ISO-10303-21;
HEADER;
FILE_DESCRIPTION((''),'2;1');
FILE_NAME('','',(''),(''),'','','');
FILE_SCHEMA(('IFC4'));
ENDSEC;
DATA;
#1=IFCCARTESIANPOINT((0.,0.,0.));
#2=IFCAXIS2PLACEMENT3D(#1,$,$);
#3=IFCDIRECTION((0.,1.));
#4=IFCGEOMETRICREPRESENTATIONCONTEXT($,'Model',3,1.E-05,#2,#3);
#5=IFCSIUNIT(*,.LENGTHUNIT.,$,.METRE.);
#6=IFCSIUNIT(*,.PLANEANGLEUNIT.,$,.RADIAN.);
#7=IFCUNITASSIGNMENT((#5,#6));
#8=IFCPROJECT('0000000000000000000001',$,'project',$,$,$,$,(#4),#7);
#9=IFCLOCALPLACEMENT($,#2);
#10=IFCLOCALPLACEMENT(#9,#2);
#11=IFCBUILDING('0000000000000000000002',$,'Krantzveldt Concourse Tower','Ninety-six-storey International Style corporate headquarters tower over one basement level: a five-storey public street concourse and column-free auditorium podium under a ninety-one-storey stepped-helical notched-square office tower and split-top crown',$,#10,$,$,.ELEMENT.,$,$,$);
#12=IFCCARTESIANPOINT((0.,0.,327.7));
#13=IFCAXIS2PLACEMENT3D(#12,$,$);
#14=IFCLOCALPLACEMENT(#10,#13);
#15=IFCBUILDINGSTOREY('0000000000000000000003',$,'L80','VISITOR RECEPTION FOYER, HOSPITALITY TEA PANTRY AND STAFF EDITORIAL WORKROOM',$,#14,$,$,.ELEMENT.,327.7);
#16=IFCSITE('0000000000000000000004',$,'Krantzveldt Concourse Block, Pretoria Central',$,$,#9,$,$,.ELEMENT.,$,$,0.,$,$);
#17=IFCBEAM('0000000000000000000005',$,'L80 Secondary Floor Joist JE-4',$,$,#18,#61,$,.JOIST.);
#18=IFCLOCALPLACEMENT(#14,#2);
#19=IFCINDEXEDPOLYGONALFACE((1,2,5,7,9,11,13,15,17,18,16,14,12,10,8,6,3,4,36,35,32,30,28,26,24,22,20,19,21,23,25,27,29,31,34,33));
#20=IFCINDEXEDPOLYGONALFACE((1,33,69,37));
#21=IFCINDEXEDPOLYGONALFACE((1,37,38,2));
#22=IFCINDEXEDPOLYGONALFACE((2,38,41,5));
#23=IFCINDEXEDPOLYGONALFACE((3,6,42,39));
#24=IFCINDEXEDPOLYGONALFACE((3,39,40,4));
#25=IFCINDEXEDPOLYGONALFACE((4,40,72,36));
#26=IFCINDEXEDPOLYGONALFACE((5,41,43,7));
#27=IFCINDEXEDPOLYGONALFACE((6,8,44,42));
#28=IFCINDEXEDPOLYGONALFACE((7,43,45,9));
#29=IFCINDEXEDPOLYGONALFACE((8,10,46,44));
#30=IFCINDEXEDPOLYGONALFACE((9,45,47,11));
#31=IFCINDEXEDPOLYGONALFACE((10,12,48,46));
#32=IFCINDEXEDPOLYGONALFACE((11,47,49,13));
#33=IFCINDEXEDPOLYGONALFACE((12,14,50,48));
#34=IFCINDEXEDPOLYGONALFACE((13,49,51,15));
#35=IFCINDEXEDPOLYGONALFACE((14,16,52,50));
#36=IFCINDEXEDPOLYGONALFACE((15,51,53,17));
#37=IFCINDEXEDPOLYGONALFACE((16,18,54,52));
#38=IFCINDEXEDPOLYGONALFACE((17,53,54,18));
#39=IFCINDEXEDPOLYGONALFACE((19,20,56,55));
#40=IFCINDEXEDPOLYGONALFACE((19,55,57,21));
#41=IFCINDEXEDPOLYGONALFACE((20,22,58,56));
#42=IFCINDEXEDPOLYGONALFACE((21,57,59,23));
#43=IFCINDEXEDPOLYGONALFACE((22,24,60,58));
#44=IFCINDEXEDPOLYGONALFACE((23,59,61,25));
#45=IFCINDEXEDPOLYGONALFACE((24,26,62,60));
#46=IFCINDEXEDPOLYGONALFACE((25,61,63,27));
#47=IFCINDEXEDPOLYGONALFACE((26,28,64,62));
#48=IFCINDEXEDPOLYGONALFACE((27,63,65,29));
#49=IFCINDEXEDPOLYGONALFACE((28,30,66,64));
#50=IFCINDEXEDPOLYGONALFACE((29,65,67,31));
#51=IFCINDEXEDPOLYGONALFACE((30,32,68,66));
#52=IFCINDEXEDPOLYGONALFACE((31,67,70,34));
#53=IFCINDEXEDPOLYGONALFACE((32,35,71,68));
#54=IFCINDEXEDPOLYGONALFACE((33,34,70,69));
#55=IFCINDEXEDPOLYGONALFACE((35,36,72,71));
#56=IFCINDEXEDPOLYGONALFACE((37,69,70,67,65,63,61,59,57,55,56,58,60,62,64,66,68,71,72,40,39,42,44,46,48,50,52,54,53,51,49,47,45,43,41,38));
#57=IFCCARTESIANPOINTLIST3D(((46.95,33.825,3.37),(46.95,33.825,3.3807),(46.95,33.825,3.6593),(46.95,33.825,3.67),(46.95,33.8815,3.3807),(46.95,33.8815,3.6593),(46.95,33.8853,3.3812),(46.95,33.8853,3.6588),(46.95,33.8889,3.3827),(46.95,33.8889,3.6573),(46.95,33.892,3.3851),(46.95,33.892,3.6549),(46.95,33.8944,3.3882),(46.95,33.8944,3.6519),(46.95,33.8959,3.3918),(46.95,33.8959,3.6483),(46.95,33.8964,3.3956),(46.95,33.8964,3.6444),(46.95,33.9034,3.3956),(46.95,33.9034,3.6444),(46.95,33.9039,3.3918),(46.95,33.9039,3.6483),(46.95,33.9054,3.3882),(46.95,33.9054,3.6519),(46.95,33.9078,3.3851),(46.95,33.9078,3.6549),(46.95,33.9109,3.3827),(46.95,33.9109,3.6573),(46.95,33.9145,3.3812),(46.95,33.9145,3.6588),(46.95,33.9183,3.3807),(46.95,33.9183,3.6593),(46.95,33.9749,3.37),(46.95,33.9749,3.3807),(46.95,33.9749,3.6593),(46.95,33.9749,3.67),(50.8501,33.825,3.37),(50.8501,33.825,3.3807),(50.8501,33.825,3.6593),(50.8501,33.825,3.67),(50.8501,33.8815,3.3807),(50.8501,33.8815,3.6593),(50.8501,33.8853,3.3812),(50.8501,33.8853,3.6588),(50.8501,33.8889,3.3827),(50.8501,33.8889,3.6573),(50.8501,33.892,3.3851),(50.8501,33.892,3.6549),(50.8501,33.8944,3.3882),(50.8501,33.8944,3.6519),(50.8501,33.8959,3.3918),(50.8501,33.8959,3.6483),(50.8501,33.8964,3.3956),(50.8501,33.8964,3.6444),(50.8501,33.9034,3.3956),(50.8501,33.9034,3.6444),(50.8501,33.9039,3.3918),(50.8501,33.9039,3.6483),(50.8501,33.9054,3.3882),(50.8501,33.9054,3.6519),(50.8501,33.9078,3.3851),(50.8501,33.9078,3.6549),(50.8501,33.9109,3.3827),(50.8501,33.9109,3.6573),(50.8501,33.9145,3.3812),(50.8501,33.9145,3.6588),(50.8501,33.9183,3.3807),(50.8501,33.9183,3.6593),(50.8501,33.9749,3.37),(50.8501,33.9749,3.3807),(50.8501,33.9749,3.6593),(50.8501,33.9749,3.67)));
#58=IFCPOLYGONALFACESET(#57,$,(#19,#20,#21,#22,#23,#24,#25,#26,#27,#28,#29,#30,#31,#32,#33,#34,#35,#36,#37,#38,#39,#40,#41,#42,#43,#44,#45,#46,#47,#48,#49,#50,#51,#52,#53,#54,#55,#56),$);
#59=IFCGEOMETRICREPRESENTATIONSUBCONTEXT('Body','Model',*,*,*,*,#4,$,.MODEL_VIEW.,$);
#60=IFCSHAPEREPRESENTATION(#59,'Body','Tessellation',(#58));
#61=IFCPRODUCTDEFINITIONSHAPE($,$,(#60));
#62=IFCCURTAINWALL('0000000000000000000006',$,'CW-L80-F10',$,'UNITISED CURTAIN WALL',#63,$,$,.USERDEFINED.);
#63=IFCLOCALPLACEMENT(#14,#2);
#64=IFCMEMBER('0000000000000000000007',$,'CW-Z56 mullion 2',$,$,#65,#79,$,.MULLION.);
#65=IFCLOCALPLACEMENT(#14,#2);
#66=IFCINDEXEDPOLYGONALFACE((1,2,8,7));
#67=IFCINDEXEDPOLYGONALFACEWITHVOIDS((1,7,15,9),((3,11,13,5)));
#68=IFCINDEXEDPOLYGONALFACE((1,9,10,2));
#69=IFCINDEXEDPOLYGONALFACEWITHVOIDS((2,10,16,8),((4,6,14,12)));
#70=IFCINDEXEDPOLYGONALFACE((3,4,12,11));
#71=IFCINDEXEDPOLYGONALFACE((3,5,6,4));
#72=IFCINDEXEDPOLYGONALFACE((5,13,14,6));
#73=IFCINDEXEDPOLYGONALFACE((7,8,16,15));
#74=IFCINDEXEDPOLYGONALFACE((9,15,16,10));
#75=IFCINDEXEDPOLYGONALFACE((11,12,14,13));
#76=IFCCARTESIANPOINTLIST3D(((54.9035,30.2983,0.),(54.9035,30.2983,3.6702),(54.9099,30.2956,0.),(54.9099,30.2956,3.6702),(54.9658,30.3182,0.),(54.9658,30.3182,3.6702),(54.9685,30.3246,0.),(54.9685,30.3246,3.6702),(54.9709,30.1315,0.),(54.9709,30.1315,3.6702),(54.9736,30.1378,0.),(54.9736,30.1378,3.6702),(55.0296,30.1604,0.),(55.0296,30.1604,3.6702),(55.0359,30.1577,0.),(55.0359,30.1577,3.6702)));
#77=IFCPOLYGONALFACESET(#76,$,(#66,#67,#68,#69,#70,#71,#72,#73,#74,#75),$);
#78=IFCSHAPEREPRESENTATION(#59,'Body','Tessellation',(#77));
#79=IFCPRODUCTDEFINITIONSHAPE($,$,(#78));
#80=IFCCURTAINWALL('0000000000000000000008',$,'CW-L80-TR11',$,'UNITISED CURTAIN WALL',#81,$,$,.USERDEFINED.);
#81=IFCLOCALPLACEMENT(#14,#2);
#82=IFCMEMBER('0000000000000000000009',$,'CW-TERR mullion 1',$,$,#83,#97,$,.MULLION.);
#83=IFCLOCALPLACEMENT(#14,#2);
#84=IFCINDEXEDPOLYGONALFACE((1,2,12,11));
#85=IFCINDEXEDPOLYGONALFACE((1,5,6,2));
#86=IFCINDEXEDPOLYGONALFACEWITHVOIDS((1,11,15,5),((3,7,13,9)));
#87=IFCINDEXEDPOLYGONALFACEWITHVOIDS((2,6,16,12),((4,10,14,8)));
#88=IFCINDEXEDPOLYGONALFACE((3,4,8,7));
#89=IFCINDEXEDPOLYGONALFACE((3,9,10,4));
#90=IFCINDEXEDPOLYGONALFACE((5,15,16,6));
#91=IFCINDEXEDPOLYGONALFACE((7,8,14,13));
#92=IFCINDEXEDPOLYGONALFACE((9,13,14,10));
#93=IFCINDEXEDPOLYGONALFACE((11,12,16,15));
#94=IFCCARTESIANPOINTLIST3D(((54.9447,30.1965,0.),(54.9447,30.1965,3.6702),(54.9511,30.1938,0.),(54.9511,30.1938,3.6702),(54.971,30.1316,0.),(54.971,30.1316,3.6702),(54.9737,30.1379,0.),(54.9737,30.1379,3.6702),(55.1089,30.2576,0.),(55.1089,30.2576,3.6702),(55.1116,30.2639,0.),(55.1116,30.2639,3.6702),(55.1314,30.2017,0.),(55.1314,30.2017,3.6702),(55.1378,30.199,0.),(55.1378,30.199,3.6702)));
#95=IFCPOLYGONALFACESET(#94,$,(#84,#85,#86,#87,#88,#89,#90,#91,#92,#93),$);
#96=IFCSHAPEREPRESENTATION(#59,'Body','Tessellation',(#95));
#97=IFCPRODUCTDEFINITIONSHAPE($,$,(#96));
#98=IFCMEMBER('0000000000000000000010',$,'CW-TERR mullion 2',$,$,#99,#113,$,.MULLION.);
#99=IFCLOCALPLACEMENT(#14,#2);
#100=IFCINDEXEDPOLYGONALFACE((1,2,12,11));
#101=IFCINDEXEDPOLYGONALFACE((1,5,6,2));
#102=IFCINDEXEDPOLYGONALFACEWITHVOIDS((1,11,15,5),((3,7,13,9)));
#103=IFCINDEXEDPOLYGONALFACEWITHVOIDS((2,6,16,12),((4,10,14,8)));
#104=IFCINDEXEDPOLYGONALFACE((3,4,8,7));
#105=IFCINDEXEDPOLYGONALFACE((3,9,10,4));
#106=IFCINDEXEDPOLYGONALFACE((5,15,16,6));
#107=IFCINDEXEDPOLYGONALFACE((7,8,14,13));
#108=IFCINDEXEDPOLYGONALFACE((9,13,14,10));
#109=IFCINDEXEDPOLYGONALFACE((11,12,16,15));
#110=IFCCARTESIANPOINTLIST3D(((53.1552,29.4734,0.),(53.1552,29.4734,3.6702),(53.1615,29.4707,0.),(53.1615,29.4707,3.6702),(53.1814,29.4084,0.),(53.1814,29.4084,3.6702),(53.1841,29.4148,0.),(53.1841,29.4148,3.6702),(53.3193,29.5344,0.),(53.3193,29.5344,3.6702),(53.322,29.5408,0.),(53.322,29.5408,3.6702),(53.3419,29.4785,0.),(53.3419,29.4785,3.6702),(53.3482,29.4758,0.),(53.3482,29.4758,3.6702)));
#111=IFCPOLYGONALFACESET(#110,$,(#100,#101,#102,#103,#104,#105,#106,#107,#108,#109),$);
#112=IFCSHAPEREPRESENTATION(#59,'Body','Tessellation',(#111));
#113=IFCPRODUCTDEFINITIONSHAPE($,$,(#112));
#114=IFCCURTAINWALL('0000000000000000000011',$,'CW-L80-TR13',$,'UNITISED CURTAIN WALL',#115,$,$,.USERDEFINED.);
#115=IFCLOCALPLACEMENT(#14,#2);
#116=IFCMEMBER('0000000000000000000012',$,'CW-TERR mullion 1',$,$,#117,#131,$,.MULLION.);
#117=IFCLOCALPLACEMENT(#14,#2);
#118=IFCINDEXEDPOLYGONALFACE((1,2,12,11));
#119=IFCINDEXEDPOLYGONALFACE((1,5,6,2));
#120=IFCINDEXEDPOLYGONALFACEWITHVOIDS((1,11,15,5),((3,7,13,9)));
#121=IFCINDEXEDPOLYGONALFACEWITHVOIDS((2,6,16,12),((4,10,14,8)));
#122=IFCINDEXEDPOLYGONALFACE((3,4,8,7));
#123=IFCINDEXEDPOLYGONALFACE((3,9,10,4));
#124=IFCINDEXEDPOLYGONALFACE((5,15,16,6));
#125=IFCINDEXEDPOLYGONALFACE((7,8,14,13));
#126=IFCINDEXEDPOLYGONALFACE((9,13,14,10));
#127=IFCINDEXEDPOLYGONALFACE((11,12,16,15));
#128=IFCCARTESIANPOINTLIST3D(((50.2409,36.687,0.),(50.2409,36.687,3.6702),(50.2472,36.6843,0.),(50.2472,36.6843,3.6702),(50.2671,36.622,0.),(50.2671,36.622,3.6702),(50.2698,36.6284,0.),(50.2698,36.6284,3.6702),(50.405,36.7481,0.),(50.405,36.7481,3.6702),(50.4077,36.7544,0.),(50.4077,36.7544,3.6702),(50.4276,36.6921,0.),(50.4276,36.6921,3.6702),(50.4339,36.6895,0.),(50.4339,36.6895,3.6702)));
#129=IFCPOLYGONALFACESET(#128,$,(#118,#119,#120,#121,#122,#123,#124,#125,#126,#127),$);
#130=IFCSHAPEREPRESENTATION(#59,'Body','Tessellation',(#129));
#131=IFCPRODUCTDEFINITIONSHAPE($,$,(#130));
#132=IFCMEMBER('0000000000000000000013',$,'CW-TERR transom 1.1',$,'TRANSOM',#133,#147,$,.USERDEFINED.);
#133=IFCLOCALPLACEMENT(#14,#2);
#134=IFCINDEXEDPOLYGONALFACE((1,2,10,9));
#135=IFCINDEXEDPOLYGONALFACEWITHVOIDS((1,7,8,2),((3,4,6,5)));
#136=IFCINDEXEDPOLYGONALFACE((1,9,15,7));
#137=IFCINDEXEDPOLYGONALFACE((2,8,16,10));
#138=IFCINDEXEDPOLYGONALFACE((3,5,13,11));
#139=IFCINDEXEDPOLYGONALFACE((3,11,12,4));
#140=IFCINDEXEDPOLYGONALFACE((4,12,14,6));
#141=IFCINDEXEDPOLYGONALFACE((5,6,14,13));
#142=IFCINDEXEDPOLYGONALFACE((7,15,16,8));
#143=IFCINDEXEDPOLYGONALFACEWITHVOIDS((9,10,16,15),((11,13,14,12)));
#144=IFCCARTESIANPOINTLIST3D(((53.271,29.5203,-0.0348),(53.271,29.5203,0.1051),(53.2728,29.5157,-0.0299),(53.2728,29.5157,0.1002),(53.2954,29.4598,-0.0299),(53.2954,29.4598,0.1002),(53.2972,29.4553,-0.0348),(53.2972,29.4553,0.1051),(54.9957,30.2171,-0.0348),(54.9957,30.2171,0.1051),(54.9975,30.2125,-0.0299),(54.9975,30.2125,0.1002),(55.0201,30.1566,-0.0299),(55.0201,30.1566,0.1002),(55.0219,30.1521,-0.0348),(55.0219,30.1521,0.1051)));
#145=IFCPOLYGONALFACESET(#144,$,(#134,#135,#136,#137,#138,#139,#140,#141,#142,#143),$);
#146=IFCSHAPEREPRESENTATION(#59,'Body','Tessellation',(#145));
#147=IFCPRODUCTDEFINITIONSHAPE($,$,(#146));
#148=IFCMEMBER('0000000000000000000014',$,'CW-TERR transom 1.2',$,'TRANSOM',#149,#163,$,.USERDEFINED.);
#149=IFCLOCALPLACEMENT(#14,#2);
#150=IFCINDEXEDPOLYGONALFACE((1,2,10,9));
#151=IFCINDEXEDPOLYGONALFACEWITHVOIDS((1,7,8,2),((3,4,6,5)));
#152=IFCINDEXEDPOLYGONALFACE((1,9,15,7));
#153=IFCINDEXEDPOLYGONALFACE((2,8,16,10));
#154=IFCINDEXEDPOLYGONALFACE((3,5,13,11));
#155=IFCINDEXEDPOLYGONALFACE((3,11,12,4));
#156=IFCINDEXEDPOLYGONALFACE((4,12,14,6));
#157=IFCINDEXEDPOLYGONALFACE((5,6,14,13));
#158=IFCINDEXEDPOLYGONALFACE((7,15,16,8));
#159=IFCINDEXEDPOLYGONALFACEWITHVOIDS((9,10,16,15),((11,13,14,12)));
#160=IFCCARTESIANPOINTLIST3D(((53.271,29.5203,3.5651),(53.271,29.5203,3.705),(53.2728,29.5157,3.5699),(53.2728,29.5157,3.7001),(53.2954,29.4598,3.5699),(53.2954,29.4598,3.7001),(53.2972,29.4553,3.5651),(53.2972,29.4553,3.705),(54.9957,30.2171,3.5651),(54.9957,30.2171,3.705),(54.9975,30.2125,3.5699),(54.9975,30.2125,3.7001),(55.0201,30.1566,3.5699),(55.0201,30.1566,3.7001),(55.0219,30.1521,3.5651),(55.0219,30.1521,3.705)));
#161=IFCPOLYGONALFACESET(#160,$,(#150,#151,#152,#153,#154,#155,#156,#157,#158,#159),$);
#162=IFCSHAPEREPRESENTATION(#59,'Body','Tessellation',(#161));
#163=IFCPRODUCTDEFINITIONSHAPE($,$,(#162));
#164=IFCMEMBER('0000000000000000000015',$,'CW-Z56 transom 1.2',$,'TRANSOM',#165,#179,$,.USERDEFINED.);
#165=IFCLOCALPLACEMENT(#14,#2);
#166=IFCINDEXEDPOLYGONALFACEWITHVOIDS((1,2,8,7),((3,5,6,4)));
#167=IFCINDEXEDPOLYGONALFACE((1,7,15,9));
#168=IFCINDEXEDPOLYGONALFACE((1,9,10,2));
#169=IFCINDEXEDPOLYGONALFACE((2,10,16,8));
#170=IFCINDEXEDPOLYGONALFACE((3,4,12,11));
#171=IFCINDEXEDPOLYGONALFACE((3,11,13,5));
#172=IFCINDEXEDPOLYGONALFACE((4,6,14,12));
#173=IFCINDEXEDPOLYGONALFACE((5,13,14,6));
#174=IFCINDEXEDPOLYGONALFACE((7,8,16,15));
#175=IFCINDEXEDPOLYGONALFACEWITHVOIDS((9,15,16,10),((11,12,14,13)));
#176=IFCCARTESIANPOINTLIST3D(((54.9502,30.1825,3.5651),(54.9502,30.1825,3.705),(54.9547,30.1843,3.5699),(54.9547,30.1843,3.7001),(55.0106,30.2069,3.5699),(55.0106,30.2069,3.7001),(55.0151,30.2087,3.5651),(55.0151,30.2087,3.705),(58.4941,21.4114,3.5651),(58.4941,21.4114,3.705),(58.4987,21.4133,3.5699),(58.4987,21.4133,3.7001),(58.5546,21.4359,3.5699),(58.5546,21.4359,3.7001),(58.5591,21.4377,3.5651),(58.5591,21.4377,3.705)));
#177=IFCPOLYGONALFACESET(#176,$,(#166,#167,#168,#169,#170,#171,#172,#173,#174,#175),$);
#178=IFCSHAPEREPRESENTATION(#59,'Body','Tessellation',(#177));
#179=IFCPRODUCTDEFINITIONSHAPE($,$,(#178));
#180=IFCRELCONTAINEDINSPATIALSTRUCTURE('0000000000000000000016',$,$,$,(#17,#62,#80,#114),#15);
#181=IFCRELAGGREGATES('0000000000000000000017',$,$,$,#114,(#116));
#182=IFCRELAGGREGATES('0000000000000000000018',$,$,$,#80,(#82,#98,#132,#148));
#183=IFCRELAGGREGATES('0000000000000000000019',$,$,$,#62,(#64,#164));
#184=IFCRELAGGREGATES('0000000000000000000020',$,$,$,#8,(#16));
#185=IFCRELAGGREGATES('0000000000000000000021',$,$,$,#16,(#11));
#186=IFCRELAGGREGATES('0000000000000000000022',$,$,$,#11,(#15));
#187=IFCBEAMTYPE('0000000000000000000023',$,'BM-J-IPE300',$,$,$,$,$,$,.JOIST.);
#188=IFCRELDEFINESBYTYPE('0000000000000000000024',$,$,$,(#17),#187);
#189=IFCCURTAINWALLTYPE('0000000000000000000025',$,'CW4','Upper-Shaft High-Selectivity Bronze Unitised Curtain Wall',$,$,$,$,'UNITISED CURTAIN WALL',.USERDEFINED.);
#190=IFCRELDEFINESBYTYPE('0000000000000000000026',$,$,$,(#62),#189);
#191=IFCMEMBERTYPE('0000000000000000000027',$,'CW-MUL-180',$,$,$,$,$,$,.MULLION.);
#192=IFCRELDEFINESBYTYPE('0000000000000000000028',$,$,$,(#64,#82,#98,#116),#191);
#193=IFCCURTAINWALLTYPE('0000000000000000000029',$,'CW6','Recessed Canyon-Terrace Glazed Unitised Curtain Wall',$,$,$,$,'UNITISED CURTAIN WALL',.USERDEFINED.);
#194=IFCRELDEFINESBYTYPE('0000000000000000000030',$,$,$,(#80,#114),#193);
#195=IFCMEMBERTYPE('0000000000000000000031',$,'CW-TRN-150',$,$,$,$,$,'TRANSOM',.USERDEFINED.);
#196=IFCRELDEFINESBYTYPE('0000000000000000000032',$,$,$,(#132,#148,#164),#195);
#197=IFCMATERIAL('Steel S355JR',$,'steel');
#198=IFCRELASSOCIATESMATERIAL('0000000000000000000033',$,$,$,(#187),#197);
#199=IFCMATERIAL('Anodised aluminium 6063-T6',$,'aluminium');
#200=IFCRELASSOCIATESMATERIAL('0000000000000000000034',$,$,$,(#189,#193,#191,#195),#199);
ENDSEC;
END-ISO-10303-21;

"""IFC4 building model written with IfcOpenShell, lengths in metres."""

from ifc_helpers import new_model, si_unit, direction, frame, origin, origin_2d, place, context, subcontext, project, spatial, hollow_rectangle, i_section, extrude, source, transform, mapped, material, material_profile, profile_set, type_object, type_shapes, element, aggregate, save


model = new_model("IFC4")

# Units and contexts
model_context = context("Model", 3, precision=1e-05, world=origin(), true_north=direction((0.0, 1.0)))
body_context = subcontext(model_context, "Body", "Model", "MODEL_VIEW")
ifc_project = project(units=[si_unit("LENGTHUNIT", "METRE"), si_unit("PLANEANGLEUNIT", "RADIAN")], contexts=[model_context])

# Site, building, storey
site_placement = place(None, origin())
site = spatial("IfcSite", under=ifc_project, at=site_placement, Name="Krantzveldt Concourse Block, Pretoria Central", CompositionType="ELEMENT", RefElevation=0.0)
building_placement = place(site_placement, origin())
building = spatial("IfcBuilding", under=site, at=building_placement, Name="Krantzveldt Concourse Tower", Description="Ninety-six-storey International Style corporate headquarters tower over one basement level: a five-storey public street concourse and column-free auditorium podium under a ninety-one-storey stepped-helical notched-square office tower and split-top crown", CompositionType="ELEMENT")
storey_placement = place(building_placement, frame((0.0, 0.0, 327.7)))
storey = spatial("IfcBuildingStorey", under=building, at=storey_placement, Name="L80", Description="VISITOR RECEPTION FOYER, HOSPITALITY TEA PANTRY AND STAFF EDITORIAL WORKROOM", CompositionType="ELEMENT", Elevation=327.7)

# Beam
ifc_material_1 = material(Name="Steel S355JR", Category="steel")
ifc_material_profile_1 = material_profile(ifc_material_1, i_section(OverallWidth=0.1499, OverallDepth=0.3, WebThickness=0.0071, FlangeThickness=0.0107, FilletRadius=0.0149, at=origin_2d()), Name="Steel S355JR", Category="steel")
ifc_profile_set_1 = profile_set([ifc_material_profile_1], Name="Steel S355JR - IPE 300")
beam_type_1 = type_object("IfcBeamType", Name="BM-J-IPE300", PredefinedType="JOIST", material=ifc_profile_set_1)
shared_shape_1 = source(origin(), body_context, "Body", "SweptSolid", [
    extrude(i_section(OverallWidth=0.1499, OverallDepth=0.3, WebThickness=0.0071, FlangeThickness=0.0107, FilletRadius=0.0149, at=origin_2d()), origin(), (0.0, 0.0, 1.0), 3.9001),
])
type_shapes(beam_type_1, [shared_shape_1])
for number, where, z_axis, x_axis, name in (
    (1, (46.95, 33.8999, 3.52), (1.0, 0.0, 0.0), (0.0, 1.0, 0.0), "L80 Secondary Floor Joist JE-4"),
):
    element("IfcBeam", number, at=place(storey_placement, frame(where, z_axis=z_axis, x_axis=x_axis)), inside=storey, type_object=beam_type_1, Name=name, PredefinedType="JOIST", context=body_context, shape_type="MappedRepresentation", body=[
        mapped(shared_shape_1, transform((0.0, 0.0, 0.0), x_axis=(1.0, 0.0, 0.0), y_axis=(0.0, 1.0, 0.0), z_axis=(0.0, 0.0, 1.0), scale=1.0)),
    ])

# Curtain wall, member
ifc_material_2 = material(Name="Anodised aluminium 6063-T6", Category="aluminium")
curtain_wall_type_1 = type_object("IfcCurtainWallType", Name="CW4", Description="Upper-Shaft High-Selectivity Bronze Unitised Curtain Wall", ElementType="UNITISED CURTAIN WALL", PredefinedType="USERDEFINED", material=ifc_material_2)
curtain_wall_1_placement = place(storey_placement, origin())
curtain_wall_1 = element("IfcCurtainWall", 2, at=curtain_wall_1_placement, inside=storey, type_object=curtain_wall_type_1, Name="CW-L80-F10", ObjectType="UNITISED CURTAIN WALL", PredefinedType="USERDEFINED")
ifc_material_profile_2 = material_profile(ifc_material_2, hollow_rectangle(XDim=0.0701, YDim=0.1799, WallThickness=0.0049, at=origin_2d()), Name="Anodised aluminium 6063-T6", Category="aluminium")
ifc_profile_set_2 = profile_set([ifc_material_profile_2], Name="Anodised aluminium 6063-T6 - ALU-MULL 180x70x5")
member_type_1 = type_object("IfcMemberType", Name="CW-MUL-180", PredefinedType="MULLION", material=ifc_profile_set_2)
shared_shape_2 = source(origin(), body_context, "Body", "SweptSolid", [
    extrude(hollow_rectangle(XDim=0.0701, YDim=0.1799, WallThickness=0.0049, at=origin_2d()), origin(), (0.0, 0.0, 1.0), 3.6702),
])
type_shapes(member_type_1, [shared_shape_2])
member_1_placement = place(storey_placement, frame((54.9697, 30.228, 0.0), z_axis=(0.0, 0.0, 1.0), x_axis=(-0.927184, -0.374606, 0.0)))
member_1 = element("IfcMember", 3, at=member_1_placement, type_object=member_type_1, Name="CW-Z56 mullion 2", PredefinedType="MULLION", context=body_context, shape_type="MappedRepresentation", body=[
    mapped(shared_shape_2, transform((0.0, 0.0, 0.0), x_axis=(1.0, 0.0, 0.0), y_axis=(0.0, 1.0, 0.0), z_axis=(0.0, 0.0, 1.0), scale=1.0)),
])

# Curtain wall, members
curtain_wall_type_2 = type_object("IfcCurtainWallType", Name="CW6", Description="Recessed Canyon-Terrace Glazed Unitised Curtain Wall", ElementType="UNITISED CURTAIN WALL", PredefinedType="USERDEFINED", material=ifc_material_2)
curtain_wall_2_placement = place(storey_placement, origin())
curtain_wall_2 = element("IfcCurtainWall", 4, at=curtain_wall_2_placement, inside=storey, type_object=curtain_wall_type_2, Name="CW-L80-TR11", ObjectType="UNITISED CURTAIN WALL", PredefinedType="USERDEFINED")
member_2_placement = place(storey_placement, frame((55.0413, 30.1978, 0.0), z_axis=(0.0, 0.0, 1.0), x_axis=(0.374609, -0.927183, 0.0)))
member_2 = element("IfcMember", 5, at=member_2_placement, type_object=member_type_1, Name="CW-TERR mullion 1", PredefinedType="MULLION", context=body_context, shape_type="MappedRepresentation", body=[
    mapped(shared_shape_2, transform((0.0, 0.0, 0.0), x_axis=(1.0, 0.0, 0.0), y_axis=(0.0, 1.0, 0.0), z_axis=(0.0, 0.0, 1.0), scale=1.0)),
])
member_3_placement = place(storey_placement, frame((53.2517, 29.4746, 0.0), z_axis=(0.0, 0.0, 1.0), x_axis=(0.374609, -0.927183, 0.0)))
member_3 = element("IfcMember", 6, at=member_3_placement, type_object=member_type_1, Name="CW-TERR mullion 2", PredefinedType="MULLION", context=body_context, shape_type="MappedRepresentation", body=[
    mapped(shared_shape_2, transform((0.0, 0.0, 0.0), x_axis=(1.0, 0.0, 0.0), y_axis=(0.0, 1.0, 0.0), z_axis=(0.0, 0.0, 1.0), scale=1.0)),
])

# Curtain wall, member
curtain_wall_3_placement = place(storey_placement, origin())
curtain_wall_3 = element("IfcCurtainWall", 7, at=curtain_wall_3_placement, inside=storey, type_object=curtain_wall_type_2, Name="CW-L80-TR13", ObjectType="UNITISED CURTAIN WALL", PredefinedType="USERDEFINED")
member_4_placement = place(storey_placement, frame((50.3374, 36.6882, 0.0), z_axis=(0.0, 0.0, 1.0), x_axis=(-0.374605, 0.927185, 0.0)))
member_4 = element("IfcMember", 8, at=member_4_placement, type_object=member_type_1, Name="CW-TERR mullion 1", PredefinedType="MULLION", context=body_context, shape_type="MappedRepresentation", body=[
    mapped(shared_shape_2, transform((0.0, 0.0, 0.0), x_axis=(1.0, 0.0, 0.0), y_axis=(0.0, 1.0, 0.0), z_axis=(0.0, 0.0, 1.0), scale=1.0)),
])
aggregate(curtain_wall_3, [member_4])

# Members
ifc_material_profile_3 = material_profile(ifc_material_2, hollow_rectangle(XDim=0.0701, YDim=0.1399, WallThickness=0.0049, at=origin_2d()), Name="Anodised aluminium 6063-T6", Category="aluminium")
ifc_profile_set_3 = profile_set([ifc_material_profile_3], Name="Anodised aluminium 6063-T6 - ALU-TRAN 140x70x5")
member_type_2 = type_object("IfcMemberType", Name="CW-TRN-150", ElementType="TRANSOM", PredefinedType="USERDEFINED", material=ifc_profile_set_3)
shared_shape_3 = source(origin(), body_context, "Body", "SweptSolid", [
    extrude(hollow_rectangle(XDim=0.0701, YDim=0.1399, WallThickness=0.0049, at=origin_2d()), origin(), (0.0, 0.0, 1.0), 1.8601),
])
member_5_placement = place(storey_placement, frame((55.0088, 30.1846, 0.0352), z_axis=(-0.927186, -0.374602, 0.0), x_axis=(0.374602, -0.927186, 0.0)))
member_5 = element("IfcMember", 9, at=member_5_placement, type_object=member_type_2, Name="CW-TERR transom 1.1", ObjectType="TRANSOM", PredefinedType="USERDEFINED", context=body_context, shape_type="MappedRepresentation", body=[
    mapped(shared_shape_3, transform((0.0, 0.0, 0.0), x_axis=(1.0, 0.0, 0.0), y_axis=(0.0, 1.0, 0.0), z_axis=(0.0, 0.0, 1.0), scale=1.0)),
])
member_6_placement = place(storey_placement, frame((55.0088, 30.1846, 3.635), z_axis=(-0.927186, -0.374602, 0.0), x_axis=(0.374602, -0.927186, 0.0)))
member_6 = element("IfcMember", 10, at=member_6_placement, type_object=member_type_2, Name="CW-TERR transom 1.2", ObjectType="TRANSOM", PredefinedType="USERDEFINED", context=body_context, shape_type="MappedRepresentation", body=[
    mapped(shared_shape_3, transform((0.0, 0.0, 0.0), x_axis=(1.0, 0.0, 0.0), y_axis=(0.0, 1.0, 0.0), z_axis=(0.0, 0.0, 1.0), scale=1.0)),
])
shared_shape_4 = source(origin(), body_context, "Body", "SweptSolid", [
    extrude(hollow_rectangle(XDim=0.0701, YDim=0.1399, WallThickness=0.0049, at=origin_2d()), origin(), (0.0, 0.0, 1.0), 9.46),
])
type_shapes(member_type_2, [shared_shape_3, shared_shape_4])
member_7_placement = place(storey_placement, frame((58.5266, 21.4246, 3.635), z_axis=(-0.374628, 0.927175, 0.0), x_axis=(-0.927175, -0.374628, 0.0)))
member_7 = element("IfcMember", 11, at=member_7_placement, type_object=member_type_2, Name="CW-Z56 transom 1.2", ObjectType="TRANSOM", PredefinedType="USERDEFINED", context=body_context, shape_type="MappedRepresentation", body=[
    mapped(shared_shape_4, transform((0.0, 0.0, 0.0), x_axis=(1.0, 0.0, 0.0), y_axis=(0.0, 1.0, 0.0), z_axis=(0.0, 0.0, 1.0), scale=1.0)),
])

aggregate(curtain_wall_2, [member_2, member_3, member_5, member_6])
aggregate(curtain_wall_1, [member_1, member_7])

save(model, "model.ifc")
